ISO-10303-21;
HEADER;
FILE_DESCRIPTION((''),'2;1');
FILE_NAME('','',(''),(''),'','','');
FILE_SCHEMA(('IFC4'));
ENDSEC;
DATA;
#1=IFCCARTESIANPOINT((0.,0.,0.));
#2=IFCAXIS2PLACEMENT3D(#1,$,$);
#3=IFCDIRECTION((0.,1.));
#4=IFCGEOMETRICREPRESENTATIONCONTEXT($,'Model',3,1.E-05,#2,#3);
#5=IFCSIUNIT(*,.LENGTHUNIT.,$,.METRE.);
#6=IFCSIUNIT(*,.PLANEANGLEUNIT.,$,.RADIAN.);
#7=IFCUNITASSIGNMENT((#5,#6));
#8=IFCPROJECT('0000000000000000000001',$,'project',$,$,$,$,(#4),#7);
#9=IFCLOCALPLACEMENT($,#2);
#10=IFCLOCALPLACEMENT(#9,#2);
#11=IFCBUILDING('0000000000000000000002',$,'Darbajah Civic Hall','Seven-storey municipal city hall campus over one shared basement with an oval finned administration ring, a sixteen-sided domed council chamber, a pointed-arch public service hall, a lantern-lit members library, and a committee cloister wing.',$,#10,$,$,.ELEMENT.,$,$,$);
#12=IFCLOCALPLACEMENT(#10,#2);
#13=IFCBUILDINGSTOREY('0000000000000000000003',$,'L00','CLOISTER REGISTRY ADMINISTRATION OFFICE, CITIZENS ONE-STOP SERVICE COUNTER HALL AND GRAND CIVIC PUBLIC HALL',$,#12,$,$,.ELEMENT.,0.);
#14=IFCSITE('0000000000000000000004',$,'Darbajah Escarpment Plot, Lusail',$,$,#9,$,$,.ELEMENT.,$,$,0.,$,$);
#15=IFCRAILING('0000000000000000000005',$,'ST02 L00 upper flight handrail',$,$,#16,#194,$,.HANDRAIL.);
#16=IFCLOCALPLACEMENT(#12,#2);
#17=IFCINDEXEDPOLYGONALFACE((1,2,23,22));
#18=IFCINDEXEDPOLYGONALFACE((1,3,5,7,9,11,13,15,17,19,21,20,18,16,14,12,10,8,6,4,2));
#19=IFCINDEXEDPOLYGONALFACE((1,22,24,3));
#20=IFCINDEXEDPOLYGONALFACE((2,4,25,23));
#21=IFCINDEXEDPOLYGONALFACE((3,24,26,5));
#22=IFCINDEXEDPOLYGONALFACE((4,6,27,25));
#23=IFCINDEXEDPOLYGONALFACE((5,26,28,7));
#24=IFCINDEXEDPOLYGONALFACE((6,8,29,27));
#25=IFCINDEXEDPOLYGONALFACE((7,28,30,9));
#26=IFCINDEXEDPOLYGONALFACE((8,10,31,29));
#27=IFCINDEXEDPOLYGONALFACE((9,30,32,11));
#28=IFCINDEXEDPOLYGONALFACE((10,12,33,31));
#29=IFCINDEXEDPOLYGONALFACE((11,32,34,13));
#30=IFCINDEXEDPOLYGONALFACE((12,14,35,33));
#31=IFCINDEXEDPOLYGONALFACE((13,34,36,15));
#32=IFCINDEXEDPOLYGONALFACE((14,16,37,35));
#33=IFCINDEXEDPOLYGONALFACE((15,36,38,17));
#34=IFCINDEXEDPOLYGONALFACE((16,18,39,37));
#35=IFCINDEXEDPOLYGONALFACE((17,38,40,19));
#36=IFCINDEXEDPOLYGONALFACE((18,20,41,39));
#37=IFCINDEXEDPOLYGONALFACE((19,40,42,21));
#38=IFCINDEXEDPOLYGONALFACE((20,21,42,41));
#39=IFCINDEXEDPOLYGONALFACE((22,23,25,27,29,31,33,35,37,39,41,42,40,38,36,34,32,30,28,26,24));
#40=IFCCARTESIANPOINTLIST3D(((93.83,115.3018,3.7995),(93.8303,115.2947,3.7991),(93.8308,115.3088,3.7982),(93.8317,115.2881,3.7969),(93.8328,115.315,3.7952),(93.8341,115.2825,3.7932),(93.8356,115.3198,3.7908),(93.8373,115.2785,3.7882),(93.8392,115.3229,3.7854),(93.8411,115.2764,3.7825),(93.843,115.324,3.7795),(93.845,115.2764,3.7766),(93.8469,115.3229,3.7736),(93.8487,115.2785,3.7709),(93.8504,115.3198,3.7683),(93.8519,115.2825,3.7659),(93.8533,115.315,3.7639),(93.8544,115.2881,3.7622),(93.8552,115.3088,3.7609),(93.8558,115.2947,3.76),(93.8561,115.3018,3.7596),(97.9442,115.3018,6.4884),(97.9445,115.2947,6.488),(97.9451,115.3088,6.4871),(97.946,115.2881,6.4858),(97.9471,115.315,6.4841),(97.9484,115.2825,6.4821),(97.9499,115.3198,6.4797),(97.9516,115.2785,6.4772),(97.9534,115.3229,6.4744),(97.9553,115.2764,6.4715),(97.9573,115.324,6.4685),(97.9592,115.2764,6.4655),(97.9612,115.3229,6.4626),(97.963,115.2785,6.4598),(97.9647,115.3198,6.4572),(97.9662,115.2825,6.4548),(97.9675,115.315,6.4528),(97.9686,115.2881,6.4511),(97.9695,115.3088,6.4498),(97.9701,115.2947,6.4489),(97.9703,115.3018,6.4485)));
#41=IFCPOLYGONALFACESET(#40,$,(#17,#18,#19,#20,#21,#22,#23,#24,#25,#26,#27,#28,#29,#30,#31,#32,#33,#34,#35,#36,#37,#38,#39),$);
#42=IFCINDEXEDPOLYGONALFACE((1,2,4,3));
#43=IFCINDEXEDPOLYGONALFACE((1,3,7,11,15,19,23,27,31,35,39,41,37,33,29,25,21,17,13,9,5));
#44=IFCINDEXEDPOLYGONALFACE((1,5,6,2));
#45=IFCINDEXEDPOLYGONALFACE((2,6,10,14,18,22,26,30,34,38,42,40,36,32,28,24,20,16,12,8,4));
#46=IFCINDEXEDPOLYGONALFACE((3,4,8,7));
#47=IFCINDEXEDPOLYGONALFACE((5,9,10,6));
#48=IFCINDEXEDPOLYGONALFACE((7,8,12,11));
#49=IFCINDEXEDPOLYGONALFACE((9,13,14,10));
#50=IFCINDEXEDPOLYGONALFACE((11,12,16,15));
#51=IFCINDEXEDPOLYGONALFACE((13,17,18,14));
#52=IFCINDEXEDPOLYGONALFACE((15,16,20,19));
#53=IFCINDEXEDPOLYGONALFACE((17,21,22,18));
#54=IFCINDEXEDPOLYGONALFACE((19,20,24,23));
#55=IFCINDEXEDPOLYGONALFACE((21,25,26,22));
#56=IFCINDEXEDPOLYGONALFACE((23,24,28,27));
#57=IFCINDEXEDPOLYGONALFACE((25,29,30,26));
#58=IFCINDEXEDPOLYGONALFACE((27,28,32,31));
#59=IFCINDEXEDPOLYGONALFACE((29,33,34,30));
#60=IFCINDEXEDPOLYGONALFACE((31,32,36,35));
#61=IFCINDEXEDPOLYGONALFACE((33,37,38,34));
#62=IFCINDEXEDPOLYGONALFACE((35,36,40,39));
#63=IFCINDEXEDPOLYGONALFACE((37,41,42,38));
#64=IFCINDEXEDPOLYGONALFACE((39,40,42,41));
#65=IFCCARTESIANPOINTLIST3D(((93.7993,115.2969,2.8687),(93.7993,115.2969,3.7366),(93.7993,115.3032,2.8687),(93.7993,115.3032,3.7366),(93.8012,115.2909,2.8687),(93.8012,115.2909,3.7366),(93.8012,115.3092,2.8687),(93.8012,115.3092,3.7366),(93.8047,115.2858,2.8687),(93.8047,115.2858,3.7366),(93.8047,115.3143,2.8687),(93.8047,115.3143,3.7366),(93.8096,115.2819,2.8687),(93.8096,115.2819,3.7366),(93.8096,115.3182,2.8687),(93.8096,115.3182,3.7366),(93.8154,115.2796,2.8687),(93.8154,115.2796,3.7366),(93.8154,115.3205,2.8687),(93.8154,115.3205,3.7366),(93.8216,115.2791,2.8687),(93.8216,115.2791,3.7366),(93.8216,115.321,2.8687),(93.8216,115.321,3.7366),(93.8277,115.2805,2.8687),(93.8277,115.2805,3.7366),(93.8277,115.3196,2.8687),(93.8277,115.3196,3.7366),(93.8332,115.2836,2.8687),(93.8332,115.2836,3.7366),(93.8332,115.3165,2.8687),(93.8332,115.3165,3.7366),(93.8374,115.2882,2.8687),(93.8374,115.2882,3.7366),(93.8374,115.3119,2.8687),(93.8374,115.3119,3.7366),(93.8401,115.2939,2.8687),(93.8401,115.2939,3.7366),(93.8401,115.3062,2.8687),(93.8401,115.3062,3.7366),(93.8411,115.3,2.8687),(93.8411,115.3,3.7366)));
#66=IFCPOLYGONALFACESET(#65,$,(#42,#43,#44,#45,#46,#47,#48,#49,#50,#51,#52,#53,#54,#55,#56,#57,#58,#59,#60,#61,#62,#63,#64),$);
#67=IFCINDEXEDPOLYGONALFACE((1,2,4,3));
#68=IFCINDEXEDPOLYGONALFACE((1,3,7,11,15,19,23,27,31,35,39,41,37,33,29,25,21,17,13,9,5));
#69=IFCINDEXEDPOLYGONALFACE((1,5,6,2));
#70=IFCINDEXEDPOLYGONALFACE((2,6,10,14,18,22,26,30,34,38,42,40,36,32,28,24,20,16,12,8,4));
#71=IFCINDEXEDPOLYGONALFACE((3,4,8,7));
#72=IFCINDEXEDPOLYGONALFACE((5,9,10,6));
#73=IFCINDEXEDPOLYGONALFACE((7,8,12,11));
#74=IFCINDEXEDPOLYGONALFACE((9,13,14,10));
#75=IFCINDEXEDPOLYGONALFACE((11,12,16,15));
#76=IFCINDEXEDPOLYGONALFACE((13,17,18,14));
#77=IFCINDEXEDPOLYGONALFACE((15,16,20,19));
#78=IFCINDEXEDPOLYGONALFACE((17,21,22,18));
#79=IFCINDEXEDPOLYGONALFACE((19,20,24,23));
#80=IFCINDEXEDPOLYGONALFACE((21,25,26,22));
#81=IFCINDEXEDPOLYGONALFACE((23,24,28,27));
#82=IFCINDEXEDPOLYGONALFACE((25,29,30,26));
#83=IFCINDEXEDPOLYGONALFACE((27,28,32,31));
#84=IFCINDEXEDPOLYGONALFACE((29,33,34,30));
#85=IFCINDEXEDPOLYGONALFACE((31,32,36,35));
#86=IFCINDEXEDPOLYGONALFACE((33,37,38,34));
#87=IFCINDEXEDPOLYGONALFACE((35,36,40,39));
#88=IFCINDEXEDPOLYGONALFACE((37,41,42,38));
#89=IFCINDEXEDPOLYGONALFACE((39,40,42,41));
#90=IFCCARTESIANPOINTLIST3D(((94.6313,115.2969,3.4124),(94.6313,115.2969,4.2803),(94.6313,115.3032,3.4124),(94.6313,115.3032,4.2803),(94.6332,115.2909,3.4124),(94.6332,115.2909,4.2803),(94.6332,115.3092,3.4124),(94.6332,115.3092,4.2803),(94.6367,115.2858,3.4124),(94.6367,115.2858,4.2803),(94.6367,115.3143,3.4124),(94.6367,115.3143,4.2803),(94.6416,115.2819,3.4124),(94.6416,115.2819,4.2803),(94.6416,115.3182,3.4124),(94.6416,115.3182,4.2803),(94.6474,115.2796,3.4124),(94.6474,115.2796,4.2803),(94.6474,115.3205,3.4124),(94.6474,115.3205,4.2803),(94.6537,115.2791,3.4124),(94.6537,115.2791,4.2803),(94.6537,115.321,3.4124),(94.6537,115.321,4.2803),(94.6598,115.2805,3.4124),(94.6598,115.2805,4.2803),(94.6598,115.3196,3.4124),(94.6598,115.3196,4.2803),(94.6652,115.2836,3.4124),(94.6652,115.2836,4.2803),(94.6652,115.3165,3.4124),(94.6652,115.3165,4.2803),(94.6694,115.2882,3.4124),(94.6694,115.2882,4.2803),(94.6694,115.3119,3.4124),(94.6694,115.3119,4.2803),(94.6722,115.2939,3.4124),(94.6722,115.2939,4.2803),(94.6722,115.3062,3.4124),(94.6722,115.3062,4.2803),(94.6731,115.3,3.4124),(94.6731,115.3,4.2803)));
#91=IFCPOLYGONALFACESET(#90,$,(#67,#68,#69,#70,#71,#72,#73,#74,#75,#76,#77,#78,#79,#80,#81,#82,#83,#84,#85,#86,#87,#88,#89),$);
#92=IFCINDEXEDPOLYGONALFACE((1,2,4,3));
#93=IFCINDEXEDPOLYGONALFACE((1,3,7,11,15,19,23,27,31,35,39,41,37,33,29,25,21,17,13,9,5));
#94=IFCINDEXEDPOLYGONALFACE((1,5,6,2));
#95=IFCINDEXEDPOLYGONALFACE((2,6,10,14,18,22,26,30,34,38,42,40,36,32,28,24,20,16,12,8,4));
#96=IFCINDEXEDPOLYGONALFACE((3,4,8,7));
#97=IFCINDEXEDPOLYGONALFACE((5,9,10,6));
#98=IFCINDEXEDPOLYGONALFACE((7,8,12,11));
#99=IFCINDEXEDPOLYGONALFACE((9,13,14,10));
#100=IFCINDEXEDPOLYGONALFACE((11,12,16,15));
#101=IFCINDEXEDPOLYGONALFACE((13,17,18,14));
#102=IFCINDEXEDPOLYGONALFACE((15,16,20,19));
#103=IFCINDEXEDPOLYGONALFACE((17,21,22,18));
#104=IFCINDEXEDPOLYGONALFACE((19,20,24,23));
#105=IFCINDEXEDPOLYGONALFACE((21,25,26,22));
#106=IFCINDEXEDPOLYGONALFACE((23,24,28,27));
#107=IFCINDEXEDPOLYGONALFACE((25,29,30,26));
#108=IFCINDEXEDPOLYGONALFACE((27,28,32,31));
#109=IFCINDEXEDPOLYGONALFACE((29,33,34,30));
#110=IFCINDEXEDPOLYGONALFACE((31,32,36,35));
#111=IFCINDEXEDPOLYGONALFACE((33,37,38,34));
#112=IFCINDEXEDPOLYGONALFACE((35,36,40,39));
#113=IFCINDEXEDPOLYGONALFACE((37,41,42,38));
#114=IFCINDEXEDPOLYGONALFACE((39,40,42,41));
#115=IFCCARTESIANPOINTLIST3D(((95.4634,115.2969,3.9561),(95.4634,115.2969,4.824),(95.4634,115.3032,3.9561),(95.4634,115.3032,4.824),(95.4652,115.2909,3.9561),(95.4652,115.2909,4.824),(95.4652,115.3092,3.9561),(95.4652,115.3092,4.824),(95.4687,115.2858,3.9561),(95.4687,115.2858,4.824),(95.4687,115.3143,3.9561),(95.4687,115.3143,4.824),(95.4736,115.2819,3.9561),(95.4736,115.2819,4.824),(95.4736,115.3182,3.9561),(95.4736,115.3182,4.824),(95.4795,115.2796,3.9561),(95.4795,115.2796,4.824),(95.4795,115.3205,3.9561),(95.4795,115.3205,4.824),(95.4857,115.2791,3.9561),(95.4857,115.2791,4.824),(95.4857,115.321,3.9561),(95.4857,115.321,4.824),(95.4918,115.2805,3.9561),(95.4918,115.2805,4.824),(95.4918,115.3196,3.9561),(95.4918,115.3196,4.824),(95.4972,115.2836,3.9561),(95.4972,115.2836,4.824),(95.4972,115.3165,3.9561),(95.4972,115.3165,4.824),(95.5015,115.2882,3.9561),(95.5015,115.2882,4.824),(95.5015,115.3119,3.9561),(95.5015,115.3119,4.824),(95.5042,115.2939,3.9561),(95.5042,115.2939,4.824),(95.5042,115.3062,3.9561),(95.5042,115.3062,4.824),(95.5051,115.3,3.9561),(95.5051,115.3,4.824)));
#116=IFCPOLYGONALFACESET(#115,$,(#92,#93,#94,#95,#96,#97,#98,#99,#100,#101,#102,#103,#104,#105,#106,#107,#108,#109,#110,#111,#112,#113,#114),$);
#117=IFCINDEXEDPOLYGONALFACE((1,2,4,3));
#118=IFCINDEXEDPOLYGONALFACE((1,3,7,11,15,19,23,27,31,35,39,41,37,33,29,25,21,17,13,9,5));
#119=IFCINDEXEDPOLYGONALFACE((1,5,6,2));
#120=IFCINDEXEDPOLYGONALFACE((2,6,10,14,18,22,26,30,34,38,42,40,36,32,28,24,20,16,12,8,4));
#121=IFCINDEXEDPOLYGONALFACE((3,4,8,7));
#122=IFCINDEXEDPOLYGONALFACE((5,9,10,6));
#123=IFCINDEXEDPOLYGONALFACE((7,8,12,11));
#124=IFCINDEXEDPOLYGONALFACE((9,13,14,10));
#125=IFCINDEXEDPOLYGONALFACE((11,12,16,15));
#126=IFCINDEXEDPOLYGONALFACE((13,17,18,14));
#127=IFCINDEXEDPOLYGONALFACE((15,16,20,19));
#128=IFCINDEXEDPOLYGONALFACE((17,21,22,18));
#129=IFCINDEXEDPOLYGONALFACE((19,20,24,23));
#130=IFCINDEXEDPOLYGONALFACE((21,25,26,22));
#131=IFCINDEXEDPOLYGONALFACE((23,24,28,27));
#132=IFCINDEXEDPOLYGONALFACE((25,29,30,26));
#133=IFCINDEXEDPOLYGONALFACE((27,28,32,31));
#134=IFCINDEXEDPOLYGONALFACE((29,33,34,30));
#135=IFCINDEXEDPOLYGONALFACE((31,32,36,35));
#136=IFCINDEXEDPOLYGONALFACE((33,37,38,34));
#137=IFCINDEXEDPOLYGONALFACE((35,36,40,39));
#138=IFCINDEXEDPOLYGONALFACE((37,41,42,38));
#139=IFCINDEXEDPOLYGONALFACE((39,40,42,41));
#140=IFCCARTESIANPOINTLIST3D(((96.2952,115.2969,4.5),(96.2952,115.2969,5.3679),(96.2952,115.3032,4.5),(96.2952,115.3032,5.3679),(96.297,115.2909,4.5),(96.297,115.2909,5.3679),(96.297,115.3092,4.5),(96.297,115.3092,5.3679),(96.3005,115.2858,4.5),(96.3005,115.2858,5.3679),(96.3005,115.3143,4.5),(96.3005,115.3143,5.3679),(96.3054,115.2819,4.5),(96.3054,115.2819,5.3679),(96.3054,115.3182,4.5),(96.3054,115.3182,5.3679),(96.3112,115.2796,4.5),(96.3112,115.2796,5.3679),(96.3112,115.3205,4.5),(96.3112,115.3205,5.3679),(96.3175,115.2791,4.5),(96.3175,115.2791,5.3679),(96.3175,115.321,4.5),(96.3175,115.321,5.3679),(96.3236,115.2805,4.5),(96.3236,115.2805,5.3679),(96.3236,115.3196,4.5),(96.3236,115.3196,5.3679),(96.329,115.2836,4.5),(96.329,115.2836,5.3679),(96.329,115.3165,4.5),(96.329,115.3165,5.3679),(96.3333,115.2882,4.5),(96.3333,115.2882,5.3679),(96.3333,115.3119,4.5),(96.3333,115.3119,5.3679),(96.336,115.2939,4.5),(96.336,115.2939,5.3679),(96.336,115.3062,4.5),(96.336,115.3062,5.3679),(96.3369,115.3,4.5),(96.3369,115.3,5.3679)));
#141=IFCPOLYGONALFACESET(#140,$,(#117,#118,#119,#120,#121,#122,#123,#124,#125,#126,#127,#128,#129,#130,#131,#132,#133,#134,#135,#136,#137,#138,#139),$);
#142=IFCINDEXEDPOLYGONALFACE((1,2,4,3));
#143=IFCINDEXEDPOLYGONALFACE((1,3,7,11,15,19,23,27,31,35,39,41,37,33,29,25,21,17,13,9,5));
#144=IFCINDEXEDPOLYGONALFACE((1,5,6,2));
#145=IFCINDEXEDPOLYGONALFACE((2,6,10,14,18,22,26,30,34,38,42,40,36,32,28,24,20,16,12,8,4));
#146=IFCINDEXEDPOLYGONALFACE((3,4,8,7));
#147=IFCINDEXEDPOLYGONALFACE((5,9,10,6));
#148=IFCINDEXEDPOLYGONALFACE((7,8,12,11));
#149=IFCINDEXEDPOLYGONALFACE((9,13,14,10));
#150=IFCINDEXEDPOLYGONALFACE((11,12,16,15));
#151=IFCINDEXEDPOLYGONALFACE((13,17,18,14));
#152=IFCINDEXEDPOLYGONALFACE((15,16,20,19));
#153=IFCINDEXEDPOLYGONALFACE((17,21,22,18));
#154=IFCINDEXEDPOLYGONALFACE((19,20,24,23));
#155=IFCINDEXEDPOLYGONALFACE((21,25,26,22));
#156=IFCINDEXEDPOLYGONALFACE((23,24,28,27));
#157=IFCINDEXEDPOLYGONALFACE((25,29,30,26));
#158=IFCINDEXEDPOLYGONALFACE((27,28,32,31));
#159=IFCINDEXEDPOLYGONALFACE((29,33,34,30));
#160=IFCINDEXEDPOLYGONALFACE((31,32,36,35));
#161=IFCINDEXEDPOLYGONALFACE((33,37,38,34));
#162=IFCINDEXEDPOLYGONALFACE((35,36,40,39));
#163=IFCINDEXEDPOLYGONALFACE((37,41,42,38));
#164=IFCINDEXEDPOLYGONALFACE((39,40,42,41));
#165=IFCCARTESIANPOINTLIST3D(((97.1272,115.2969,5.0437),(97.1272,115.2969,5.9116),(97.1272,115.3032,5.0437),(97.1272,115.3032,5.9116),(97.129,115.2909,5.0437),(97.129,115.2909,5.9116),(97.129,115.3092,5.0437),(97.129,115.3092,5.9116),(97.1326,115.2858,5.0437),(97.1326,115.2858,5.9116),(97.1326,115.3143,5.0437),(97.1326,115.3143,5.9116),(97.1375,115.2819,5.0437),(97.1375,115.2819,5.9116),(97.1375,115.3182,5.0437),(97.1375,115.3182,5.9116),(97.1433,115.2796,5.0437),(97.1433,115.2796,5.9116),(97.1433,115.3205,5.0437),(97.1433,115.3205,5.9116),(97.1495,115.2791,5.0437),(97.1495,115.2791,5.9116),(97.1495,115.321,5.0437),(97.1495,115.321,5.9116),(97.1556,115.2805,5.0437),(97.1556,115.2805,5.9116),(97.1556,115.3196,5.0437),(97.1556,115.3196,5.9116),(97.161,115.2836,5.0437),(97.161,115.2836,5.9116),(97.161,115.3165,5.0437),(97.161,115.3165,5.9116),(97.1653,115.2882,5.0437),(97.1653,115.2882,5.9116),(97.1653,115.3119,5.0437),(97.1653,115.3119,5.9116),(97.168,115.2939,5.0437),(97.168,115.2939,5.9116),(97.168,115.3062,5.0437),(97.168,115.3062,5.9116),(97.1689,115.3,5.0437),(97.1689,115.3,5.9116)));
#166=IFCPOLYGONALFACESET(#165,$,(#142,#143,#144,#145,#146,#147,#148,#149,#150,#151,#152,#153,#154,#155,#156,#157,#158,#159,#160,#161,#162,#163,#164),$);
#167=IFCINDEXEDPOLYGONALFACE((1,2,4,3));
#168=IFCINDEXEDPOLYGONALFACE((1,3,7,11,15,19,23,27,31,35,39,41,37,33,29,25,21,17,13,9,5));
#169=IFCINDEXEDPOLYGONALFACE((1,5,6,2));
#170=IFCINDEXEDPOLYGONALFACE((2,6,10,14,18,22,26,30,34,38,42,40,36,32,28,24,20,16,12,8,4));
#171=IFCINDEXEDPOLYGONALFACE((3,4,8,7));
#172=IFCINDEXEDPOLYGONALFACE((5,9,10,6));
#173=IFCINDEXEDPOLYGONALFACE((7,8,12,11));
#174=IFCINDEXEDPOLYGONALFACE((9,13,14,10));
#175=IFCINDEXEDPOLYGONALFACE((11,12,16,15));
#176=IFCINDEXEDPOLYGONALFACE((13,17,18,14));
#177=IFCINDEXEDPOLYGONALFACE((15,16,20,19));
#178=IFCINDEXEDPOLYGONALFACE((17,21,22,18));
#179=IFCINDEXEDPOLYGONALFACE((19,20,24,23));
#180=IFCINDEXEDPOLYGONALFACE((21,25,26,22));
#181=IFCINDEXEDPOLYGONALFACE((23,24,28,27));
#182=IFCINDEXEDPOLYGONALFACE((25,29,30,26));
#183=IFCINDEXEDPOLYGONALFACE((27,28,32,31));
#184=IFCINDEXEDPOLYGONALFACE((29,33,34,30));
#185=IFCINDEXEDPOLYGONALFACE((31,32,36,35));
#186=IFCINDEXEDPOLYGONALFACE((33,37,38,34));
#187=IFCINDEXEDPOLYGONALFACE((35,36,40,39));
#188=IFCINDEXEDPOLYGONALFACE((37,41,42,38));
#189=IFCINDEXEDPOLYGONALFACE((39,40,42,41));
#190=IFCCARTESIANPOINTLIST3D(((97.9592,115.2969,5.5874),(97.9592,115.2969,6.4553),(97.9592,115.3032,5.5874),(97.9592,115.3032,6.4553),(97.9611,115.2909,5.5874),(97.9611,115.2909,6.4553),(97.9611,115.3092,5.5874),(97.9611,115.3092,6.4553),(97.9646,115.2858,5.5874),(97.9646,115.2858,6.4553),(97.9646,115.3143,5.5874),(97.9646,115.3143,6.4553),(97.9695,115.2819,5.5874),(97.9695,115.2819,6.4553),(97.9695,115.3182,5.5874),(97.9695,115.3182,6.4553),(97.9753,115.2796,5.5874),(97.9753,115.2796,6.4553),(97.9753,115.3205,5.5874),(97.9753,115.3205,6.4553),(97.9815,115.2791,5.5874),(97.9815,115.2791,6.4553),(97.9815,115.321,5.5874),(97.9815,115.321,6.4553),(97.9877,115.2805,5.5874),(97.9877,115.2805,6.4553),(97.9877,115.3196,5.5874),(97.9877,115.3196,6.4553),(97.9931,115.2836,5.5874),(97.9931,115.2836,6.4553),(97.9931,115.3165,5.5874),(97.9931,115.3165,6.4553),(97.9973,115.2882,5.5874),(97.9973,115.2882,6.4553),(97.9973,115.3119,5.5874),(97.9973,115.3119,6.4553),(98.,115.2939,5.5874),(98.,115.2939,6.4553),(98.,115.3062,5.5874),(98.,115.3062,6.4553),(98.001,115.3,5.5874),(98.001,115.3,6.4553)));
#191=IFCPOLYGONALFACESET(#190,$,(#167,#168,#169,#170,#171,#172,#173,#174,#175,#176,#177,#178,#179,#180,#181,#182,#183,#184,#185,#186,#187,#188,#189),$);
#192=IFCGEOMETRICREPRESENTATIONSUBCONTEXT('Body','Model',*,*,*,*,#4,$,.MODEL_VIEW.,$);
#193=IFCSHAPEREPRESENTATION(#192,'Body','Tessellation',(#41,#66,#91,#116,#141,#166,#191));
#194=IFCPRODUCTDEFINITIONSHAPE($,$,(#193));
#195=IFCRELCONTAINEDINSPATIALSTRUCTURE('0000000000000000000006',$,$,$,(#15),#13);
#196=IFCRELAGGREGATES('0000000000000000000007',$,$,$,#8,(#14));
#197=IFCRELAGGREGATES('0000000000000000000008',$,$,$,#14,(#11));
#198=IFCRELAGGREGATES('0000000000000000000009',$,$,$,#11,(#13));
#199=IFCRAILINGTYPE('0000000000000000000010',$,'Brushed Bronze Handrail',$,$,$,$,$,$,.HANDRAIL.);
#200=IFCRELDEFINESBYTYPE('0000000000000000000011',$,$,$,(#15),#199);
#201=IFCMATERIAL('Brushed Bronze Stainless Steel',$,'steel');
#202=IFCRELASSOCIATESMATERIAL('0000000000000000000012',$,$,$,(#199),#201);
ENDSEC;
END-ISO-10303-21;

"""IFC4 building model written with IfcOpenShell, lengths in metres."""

from ifc_helpers import new_model, si_unit, direction, frame, origin, origin_2d, place, context, subcontext, project, spatial, circle, extrude, material, type_object, element, save


model = new_model("IFC4")

# Units and contexts
model_context = context("Model", 3, precision=1e-05, world=origin(), true_north=direction((0.0, 1.0)))
body_context = subcontext(model_context, "Body", "Model", "MODEL_VIEW")
ifc_project = project(units=[si_unit("LENGTHUNIT", "METRE"), si_unit("PLANEANGLEUNIT", "RADIAN")], contexts=[model_context])

# Site, building, storey
site_placement = place(None, origin())
site = spatial("IfcSite", under=ifc_project, at=site_placement, Name="Darbajah Escarpment Plot, Lusail", CompositionType="ELEMENT", RefElevation=0.0)
building_placement = place(site_placement, origin())
building = spatial("IfcBuilding", under=site, at=building_placement, Name="Darbajah Civic Hall", Description="Seven-storey municipal city hall campus over one shared basement with an oval finned administration ring, a sixteen-sided domed council chamber, a pointed-arch public service hall, a lantern-lit members library, and a committee cloister wing.", CompositionType="ELEMENT")
storey_placement = place(building_placement, origin())
storey = spatial("IfcBuildingStorey", under=building, at=storey_placement, Name="L00", Description="CLOISTER REGISTRY ADMINISTRATION OFFICE, CITIZENS ONE-STOP SERVICE COUNTER HALL AND GRAND CIVIC PUBLIC HALL", CompositionType="ELEMENT", Elevation=0.0)

# Railing
ifc_material_1 = material(Name="Brushed Bronze Stainless Steel", Category="steel")
railing_type_1 = type_object("IfcRailingType", Name="Brushed Bronze Handrail", PredefinedType="HANDRAIL", material=ifc_material_1)
railing_placement = place(storey_placement, frame((93.8201, 115.3, 2.8687)))
element("IfcRailing", 1, at=railing_placement, inside=storey, type_object=railing_type_1, Name="ST02 L00 upper flight handrail", PredefinedType="HANDRAIL", context=body_context, shape_type="SweptSolid", body=[
    extrude(circle(Radius=0.0239, at=origin_2d()), frame((0.0229, 0.0, 0.9109), z_axis=(0.83708, 0.0, 0.547081), x_axis=(0.0, 1.0, 0.0)), (0.0, 0.0, 1.0), 4.915),
    extrude(circle(Radius=0.021, at=origin_2d()), origin(), (0.0, 0.0, 1.0), 0.8679),
    extrude(circle(Radius=0.021, at=origin_2d()), frame((0.832, 0.0, 0.5437)), (0.0, 0.0, 1.0), 0.8679),
    extrude(circle(Radius=0.021, at=origin_2d()), frame((1.6641, 0.0, 1.0874)), (0.0, 0.0, 1.0), 0.8679),
    extrude(circle(Radius=0.021, at=origin_2d()), frame((2.4958, 0.0, 1.6313)), (0.0, 0.0, 1.0), 0.8679),
    extrude(circle(Radius=0.021, at=origin_2d()), frame((3.3279, 0.0, 2.175)), (0.0, 0.0, 1.0), 0.8679),
    extrude(circle(Radius=0.021, at=origin_2d()), frame((4.1599, 0.0, 2.7188)), (0.0, 0.0, 1.0), 0.8679),
])

save(model, "model.ifc")
